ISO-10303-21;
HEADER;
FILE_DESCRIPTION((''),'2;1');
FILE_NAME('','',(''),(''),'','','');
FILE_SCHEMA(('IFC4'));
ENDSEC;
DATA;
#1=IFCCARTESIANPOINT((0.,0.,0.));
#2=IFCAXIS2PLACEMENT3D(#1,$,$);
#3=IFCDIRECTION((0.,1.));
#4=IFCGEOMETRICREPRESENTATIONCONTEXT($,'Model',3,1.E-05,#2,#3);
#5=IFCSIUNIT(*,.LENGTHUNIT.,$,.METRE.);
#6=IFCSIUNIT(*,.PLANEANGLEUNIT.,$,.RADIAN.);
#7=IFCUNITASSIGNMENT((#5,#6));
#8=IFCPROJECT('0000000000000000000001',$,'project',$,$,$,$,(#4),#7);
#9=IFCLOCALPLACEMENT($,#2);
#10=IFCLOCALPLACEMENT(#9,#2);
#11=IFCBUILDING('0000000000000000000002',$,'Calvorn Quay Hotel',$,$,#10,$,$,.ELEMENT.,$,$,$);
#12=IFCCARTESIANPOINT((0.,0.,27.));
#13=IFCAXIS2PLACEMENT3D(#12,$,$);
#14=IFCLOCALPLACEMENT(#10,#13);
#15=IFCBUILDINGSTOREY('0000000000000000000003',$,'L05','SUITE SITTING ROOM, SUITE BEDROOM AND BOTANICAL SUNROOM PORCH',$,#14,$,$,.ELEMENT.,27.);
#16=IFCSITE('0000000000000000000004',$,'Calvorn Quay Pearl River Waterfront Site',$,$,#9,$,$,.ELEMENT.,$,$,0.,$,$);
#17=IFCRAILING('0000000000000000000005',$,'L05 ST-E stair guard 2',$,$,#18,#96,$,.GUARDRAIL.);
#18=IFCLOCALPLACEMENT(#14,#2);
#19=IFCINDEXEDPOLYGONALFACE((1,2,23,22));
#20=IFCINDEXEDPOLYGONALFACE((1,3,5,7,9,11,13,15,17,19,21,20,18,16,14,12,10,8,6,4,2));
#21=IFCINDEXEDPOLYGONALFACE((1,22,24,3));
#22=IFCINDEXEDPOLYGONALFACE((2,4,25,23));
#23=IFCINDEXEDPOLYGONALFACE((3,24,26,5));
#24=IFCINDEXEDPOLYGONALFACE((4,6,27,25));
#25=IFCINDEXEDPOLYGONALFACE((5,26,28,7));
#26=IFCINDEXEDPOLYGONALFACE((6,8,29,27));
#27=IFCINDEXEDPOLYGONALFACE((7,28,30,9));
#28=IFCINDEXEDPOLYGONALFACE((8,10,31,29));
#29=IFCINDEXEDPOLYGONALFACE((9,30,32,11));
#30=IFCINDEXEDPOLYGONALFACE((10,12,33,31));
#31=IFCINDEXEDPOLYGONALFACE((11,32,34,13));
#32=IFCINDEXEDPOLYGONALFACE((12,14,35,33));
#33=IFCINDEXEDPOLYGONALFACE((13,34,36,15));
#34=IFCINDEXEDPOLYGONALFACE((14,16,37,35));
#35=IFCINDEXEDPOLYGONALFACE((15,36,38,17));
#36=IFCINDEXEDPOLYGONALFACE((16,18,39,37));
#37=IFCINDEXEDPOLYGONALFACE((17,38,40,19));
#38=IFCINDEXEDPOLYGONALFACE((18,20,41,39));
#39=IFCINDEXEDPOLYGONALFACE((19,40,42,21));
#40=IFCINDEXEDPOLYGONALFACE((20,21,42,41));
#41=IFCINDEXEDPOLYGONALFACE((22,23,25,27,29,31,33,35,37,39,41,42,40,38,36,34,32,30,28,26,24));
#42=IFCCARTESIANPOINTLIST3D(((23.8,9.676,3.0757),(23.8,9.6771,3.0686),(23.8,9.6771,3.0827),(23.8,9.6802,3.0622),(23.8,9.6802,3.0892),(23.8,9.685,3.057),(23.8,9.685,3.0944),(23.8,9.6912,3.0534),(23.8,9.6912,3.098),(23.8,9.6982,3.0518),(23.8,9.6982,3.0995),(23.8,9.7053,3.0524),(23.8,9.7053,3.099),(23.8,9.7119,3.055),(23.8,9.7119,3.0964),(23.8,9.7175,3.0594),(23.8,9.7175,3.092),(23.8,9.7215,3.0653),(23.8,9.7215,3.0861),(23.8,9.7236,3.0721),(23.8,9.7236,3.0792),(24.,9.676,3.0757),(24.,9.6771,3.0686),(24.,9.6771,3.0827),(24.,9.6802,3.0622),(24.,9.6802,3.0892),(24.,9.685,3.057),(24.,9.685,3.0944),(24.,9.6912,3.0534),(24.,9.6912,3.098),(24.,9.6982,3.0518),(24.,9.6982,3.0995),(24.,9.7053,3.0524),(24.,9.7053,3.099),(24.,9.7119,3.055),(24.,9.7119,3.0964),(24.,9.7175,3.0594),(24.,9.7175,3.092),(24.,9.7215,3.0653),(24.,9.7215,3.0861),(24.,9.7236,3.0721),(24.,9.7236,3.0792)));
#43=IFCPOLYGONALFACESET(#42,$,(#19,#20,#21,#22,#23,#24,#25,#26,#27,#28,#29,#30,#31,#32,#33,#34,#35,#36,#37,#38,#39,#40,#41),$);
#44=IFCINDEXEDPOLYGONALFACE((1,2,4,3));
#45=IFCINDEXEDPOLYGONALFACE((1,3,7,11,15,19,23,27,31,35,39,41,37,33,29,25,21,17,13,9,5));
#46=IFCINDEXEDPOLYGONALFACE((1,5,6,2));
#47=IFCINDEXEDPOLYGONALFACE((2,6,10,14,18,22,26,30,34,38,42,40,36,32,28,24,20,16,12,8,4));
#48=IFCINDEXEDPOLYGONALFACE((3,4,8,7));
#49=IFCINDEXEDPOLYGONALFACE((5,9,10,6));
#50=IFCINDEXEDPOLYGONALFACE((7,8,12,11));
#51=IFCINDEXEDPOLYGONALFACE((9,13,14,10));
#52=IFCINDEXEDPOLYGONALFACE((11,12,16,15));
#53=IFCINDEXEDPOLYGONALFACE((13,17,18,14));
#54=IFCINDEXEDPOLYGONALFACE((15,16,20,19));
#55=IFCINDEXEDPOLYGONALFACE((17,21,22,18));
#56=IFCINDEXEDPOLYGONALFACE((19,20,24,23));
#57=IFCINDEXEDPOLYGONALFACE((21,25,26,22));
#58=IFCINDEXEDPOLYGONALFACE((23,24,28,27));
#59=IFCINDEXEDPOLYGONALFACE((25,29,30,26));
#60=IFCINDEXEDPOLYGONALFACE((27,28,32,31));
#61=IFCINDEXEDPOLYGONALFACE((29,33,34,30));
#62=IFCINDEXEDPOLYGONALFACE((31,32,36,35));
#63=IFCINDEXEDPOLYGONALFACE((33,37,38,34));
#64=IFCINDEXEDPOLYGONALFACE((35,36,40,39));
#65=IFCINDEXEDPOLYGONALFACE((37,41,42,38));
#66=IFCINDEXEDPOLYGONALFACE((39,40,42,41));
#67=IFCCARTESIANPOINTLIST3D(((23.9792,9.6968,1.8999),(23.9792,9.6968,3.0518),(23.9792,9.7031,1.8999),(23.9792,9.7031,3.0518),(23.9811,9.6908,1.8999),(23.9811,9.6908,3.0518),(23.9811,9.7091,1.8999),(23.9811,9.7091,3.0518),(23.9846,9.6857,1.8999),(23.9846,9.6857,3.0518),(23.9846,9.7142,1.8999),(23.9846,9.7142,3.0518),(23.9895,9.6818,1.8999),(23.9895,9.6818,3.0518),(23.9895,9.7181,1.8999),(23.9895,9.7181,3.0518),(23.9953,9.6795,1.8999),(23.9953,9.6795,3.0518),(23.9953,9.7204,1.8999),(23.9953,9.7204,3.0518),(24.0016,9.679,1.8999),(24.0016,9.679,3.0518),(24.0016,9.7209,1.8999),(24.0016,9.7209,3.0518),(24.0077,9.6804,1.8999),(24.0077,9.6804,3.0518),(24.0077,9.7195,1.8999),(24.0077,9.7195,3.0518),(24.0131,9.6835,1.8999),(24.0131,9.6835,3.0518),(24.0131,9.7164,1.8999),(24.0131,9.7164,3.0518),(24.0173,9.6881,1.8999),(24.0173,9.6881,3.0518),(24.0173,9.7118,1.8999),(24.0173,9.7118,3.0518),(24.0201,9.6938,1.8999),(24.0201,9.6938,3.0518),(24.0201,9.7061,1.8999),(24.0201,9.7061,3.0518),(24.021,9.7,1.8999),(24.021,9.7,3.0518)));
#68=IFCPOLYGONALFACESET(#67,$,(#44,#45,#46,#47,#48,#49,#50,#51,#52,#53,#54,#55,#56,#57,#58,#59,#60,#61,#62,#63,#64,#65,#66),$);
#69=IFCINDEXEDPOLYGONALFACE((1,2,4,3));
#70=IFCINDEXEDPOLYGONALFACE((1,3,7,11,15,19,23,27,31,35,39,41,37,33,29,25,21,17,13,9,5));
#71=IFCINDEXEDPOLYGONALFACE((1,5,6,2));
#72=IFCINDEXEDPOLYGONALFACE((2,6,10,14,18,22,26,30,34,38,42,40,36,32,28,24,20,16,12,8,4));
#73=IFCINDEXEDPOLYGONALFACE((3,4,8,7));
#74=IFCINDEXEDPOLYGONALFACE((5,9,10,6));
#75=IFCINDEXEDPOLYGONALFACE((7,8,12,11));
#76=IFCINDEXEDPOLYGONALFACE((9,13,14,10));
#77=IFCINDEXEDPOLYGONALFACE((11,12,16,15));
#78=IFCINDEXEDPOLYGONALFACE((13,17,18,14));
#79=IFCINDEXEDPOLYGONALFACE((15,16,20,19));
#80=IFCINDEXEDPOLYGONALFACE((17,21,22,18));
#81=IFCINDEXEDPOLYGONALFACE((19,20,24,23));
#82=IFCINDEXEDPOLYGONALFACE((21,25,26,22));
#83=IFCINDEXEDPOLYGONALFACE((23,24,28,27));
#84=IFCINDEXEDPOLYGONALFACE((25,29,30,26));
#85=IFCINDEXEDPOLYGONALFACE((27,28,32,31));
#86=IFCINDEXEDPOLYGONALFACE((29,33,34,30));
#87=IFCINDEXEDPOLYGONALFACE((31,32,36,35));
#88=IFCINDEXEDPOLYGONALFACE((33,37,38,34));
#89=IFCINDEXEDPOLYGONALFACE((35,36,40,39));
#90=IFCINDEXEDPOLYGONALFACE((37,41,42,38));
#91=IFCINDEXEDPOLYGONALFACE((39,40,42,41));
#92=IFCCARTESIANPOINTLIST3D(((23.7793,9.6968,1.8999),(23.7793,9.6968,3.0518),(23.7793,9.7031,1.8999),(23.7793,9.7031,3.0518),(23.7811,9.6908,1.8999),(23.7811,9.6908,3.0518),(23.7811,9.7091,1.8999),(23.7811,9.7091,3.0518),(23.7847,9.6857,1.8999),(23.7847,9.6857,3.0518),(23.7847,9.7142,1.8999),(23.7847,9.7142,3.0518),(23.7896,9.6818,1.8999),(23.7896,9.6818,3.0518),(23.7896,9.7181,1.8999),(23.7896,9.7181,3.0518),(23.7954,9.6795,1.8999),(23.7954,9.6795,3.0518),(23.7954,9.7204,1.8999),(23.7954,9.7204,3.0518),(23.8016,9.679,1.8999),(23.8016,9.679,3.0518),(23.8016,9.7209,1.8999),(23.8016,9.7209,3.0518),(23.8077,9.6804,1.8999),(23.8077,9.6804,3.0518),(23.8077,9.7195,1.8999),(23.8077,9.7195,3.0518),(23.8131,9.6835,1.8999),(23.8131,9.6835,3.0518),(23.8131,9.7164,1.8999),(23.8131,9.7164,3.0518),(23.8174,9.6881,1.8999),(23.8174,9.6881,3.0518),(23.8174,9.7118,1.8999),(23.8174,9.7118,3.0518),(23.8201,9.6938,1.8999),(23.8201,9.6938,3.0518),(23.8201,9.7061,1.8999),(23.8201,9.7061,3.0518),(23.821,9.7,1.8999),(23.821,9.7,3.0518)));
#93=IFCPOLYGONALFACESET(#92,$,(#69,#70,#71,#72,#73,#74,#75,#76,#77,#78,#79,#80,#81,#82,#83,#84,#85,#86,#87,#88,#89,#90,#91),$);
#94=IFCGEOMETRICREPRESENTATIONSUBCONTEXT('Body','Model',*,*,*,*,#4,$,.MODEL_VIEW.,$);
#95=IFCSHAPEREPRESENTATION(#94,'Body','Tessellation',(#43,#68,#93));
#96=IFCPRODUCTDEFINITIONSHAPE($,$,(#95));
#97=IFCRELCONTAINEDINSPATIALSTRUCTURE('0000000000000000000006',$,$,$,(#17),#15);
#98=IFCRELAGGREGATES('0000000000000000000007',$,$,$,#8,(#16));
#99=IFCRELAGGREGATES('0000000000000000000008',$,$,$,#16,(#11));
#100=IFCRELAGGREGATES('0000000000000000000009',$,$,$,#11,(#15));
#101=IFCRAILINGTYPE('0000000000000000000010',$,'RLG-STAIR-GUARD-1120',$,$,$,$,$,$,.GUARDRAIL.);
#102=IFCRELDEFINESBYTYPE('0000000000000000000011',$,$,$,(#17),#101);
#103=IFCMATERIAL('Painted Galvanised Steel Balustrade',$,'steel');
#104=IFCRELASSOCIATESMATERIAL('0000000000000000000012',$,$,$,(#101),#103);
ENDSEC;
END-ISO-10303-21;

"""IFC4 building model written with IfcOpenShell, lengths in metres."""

from ifc_helpers import new_model, si_unit, direction, frame, origin, origin_2d, place, context, subcontext, project, spatial, circle, extrude, material, type_object, element, save


model = new_model("IFC4")

# Units and contexts
model_context = context("Model", 3, precision=1e-05, world=origin(), true_north=direction((0.0, 1.0)))
body_context = subcontext(model_context, "Body", "Model", "MODEL_VIEW")
ifc_project = project(units=[si_unit("LENGTHUNIT", "METRE"), si_unit("PLANEANGLEUNIT", "RADIAN")], contexts=[model_context])

# Site, building, storey
site_placement = place(None, origin())
site = spatial("IfcSite", under=ifc_project, at=site_placement, Name="Calvorn Quay Pearl River Waterfront Site", CompositionType="ELEMENT", RefElevation=0.0)
building_placement = place(site_placement, origin())
building = spatial("IfcBuilding", under=site, at=building_placement, Name="Calvorn Quay Hotel", CompositionType="ELEMENT")
storey_placement = place(building_placement, frame((0.0, 0.0, 27.0)))
storey = spatial("IfcBuildingStorey", under=building, at=storey_placement, Name="L05", Description="SUITE SITTING ROOM, SUITE BEDROOM AND BOTANICAL SUNROOM PORCH", CompositionType="ELEMENT", Elevation=27.0)

# Railing
ifc_material_1 = material(Name="Painted Galvanised Steel Balustrade", Category="steel")
railing_type_1 = type_object("IfcRailingType", Name="RLG-STAIR-GUARD-1120", PredefinedType="GUARDRAIL", material=ifc_material_1)
railing_1_placement = place(storey_placement, frame((24.0, 9.7, 1.8999)))
element("IfcRailing", 1, at=railing_1_placement, inside=storey, type_object=railing_type_1, Name="L05 ST-E stair guard 2", PredefinedType="GUARDRAIL", context=body_context, shape_type="SweptSolid", body=[
    extrude(circle(Radius=0.0239, at=origin_2d()), frame((0.0, 0.0, 1.1758), z_axis=(-1.0, 0.0, 0.0), x_axis=(0.0, -1.0, 0.0)), (0.0, 0.0, 1.0), 0.2),
    extrude(circle(Radius=0.021, at=origin_2d()), origin(), (0.0, 0.0, 1.0), 1.1519),
    extrude(circle(Radius=0.021, at=origin_2d()), frame((-0.2, 0.0, 0.0)), (0.0, 0.0, 1.0), 1.1519),
])

save(model, "model.ifc")
